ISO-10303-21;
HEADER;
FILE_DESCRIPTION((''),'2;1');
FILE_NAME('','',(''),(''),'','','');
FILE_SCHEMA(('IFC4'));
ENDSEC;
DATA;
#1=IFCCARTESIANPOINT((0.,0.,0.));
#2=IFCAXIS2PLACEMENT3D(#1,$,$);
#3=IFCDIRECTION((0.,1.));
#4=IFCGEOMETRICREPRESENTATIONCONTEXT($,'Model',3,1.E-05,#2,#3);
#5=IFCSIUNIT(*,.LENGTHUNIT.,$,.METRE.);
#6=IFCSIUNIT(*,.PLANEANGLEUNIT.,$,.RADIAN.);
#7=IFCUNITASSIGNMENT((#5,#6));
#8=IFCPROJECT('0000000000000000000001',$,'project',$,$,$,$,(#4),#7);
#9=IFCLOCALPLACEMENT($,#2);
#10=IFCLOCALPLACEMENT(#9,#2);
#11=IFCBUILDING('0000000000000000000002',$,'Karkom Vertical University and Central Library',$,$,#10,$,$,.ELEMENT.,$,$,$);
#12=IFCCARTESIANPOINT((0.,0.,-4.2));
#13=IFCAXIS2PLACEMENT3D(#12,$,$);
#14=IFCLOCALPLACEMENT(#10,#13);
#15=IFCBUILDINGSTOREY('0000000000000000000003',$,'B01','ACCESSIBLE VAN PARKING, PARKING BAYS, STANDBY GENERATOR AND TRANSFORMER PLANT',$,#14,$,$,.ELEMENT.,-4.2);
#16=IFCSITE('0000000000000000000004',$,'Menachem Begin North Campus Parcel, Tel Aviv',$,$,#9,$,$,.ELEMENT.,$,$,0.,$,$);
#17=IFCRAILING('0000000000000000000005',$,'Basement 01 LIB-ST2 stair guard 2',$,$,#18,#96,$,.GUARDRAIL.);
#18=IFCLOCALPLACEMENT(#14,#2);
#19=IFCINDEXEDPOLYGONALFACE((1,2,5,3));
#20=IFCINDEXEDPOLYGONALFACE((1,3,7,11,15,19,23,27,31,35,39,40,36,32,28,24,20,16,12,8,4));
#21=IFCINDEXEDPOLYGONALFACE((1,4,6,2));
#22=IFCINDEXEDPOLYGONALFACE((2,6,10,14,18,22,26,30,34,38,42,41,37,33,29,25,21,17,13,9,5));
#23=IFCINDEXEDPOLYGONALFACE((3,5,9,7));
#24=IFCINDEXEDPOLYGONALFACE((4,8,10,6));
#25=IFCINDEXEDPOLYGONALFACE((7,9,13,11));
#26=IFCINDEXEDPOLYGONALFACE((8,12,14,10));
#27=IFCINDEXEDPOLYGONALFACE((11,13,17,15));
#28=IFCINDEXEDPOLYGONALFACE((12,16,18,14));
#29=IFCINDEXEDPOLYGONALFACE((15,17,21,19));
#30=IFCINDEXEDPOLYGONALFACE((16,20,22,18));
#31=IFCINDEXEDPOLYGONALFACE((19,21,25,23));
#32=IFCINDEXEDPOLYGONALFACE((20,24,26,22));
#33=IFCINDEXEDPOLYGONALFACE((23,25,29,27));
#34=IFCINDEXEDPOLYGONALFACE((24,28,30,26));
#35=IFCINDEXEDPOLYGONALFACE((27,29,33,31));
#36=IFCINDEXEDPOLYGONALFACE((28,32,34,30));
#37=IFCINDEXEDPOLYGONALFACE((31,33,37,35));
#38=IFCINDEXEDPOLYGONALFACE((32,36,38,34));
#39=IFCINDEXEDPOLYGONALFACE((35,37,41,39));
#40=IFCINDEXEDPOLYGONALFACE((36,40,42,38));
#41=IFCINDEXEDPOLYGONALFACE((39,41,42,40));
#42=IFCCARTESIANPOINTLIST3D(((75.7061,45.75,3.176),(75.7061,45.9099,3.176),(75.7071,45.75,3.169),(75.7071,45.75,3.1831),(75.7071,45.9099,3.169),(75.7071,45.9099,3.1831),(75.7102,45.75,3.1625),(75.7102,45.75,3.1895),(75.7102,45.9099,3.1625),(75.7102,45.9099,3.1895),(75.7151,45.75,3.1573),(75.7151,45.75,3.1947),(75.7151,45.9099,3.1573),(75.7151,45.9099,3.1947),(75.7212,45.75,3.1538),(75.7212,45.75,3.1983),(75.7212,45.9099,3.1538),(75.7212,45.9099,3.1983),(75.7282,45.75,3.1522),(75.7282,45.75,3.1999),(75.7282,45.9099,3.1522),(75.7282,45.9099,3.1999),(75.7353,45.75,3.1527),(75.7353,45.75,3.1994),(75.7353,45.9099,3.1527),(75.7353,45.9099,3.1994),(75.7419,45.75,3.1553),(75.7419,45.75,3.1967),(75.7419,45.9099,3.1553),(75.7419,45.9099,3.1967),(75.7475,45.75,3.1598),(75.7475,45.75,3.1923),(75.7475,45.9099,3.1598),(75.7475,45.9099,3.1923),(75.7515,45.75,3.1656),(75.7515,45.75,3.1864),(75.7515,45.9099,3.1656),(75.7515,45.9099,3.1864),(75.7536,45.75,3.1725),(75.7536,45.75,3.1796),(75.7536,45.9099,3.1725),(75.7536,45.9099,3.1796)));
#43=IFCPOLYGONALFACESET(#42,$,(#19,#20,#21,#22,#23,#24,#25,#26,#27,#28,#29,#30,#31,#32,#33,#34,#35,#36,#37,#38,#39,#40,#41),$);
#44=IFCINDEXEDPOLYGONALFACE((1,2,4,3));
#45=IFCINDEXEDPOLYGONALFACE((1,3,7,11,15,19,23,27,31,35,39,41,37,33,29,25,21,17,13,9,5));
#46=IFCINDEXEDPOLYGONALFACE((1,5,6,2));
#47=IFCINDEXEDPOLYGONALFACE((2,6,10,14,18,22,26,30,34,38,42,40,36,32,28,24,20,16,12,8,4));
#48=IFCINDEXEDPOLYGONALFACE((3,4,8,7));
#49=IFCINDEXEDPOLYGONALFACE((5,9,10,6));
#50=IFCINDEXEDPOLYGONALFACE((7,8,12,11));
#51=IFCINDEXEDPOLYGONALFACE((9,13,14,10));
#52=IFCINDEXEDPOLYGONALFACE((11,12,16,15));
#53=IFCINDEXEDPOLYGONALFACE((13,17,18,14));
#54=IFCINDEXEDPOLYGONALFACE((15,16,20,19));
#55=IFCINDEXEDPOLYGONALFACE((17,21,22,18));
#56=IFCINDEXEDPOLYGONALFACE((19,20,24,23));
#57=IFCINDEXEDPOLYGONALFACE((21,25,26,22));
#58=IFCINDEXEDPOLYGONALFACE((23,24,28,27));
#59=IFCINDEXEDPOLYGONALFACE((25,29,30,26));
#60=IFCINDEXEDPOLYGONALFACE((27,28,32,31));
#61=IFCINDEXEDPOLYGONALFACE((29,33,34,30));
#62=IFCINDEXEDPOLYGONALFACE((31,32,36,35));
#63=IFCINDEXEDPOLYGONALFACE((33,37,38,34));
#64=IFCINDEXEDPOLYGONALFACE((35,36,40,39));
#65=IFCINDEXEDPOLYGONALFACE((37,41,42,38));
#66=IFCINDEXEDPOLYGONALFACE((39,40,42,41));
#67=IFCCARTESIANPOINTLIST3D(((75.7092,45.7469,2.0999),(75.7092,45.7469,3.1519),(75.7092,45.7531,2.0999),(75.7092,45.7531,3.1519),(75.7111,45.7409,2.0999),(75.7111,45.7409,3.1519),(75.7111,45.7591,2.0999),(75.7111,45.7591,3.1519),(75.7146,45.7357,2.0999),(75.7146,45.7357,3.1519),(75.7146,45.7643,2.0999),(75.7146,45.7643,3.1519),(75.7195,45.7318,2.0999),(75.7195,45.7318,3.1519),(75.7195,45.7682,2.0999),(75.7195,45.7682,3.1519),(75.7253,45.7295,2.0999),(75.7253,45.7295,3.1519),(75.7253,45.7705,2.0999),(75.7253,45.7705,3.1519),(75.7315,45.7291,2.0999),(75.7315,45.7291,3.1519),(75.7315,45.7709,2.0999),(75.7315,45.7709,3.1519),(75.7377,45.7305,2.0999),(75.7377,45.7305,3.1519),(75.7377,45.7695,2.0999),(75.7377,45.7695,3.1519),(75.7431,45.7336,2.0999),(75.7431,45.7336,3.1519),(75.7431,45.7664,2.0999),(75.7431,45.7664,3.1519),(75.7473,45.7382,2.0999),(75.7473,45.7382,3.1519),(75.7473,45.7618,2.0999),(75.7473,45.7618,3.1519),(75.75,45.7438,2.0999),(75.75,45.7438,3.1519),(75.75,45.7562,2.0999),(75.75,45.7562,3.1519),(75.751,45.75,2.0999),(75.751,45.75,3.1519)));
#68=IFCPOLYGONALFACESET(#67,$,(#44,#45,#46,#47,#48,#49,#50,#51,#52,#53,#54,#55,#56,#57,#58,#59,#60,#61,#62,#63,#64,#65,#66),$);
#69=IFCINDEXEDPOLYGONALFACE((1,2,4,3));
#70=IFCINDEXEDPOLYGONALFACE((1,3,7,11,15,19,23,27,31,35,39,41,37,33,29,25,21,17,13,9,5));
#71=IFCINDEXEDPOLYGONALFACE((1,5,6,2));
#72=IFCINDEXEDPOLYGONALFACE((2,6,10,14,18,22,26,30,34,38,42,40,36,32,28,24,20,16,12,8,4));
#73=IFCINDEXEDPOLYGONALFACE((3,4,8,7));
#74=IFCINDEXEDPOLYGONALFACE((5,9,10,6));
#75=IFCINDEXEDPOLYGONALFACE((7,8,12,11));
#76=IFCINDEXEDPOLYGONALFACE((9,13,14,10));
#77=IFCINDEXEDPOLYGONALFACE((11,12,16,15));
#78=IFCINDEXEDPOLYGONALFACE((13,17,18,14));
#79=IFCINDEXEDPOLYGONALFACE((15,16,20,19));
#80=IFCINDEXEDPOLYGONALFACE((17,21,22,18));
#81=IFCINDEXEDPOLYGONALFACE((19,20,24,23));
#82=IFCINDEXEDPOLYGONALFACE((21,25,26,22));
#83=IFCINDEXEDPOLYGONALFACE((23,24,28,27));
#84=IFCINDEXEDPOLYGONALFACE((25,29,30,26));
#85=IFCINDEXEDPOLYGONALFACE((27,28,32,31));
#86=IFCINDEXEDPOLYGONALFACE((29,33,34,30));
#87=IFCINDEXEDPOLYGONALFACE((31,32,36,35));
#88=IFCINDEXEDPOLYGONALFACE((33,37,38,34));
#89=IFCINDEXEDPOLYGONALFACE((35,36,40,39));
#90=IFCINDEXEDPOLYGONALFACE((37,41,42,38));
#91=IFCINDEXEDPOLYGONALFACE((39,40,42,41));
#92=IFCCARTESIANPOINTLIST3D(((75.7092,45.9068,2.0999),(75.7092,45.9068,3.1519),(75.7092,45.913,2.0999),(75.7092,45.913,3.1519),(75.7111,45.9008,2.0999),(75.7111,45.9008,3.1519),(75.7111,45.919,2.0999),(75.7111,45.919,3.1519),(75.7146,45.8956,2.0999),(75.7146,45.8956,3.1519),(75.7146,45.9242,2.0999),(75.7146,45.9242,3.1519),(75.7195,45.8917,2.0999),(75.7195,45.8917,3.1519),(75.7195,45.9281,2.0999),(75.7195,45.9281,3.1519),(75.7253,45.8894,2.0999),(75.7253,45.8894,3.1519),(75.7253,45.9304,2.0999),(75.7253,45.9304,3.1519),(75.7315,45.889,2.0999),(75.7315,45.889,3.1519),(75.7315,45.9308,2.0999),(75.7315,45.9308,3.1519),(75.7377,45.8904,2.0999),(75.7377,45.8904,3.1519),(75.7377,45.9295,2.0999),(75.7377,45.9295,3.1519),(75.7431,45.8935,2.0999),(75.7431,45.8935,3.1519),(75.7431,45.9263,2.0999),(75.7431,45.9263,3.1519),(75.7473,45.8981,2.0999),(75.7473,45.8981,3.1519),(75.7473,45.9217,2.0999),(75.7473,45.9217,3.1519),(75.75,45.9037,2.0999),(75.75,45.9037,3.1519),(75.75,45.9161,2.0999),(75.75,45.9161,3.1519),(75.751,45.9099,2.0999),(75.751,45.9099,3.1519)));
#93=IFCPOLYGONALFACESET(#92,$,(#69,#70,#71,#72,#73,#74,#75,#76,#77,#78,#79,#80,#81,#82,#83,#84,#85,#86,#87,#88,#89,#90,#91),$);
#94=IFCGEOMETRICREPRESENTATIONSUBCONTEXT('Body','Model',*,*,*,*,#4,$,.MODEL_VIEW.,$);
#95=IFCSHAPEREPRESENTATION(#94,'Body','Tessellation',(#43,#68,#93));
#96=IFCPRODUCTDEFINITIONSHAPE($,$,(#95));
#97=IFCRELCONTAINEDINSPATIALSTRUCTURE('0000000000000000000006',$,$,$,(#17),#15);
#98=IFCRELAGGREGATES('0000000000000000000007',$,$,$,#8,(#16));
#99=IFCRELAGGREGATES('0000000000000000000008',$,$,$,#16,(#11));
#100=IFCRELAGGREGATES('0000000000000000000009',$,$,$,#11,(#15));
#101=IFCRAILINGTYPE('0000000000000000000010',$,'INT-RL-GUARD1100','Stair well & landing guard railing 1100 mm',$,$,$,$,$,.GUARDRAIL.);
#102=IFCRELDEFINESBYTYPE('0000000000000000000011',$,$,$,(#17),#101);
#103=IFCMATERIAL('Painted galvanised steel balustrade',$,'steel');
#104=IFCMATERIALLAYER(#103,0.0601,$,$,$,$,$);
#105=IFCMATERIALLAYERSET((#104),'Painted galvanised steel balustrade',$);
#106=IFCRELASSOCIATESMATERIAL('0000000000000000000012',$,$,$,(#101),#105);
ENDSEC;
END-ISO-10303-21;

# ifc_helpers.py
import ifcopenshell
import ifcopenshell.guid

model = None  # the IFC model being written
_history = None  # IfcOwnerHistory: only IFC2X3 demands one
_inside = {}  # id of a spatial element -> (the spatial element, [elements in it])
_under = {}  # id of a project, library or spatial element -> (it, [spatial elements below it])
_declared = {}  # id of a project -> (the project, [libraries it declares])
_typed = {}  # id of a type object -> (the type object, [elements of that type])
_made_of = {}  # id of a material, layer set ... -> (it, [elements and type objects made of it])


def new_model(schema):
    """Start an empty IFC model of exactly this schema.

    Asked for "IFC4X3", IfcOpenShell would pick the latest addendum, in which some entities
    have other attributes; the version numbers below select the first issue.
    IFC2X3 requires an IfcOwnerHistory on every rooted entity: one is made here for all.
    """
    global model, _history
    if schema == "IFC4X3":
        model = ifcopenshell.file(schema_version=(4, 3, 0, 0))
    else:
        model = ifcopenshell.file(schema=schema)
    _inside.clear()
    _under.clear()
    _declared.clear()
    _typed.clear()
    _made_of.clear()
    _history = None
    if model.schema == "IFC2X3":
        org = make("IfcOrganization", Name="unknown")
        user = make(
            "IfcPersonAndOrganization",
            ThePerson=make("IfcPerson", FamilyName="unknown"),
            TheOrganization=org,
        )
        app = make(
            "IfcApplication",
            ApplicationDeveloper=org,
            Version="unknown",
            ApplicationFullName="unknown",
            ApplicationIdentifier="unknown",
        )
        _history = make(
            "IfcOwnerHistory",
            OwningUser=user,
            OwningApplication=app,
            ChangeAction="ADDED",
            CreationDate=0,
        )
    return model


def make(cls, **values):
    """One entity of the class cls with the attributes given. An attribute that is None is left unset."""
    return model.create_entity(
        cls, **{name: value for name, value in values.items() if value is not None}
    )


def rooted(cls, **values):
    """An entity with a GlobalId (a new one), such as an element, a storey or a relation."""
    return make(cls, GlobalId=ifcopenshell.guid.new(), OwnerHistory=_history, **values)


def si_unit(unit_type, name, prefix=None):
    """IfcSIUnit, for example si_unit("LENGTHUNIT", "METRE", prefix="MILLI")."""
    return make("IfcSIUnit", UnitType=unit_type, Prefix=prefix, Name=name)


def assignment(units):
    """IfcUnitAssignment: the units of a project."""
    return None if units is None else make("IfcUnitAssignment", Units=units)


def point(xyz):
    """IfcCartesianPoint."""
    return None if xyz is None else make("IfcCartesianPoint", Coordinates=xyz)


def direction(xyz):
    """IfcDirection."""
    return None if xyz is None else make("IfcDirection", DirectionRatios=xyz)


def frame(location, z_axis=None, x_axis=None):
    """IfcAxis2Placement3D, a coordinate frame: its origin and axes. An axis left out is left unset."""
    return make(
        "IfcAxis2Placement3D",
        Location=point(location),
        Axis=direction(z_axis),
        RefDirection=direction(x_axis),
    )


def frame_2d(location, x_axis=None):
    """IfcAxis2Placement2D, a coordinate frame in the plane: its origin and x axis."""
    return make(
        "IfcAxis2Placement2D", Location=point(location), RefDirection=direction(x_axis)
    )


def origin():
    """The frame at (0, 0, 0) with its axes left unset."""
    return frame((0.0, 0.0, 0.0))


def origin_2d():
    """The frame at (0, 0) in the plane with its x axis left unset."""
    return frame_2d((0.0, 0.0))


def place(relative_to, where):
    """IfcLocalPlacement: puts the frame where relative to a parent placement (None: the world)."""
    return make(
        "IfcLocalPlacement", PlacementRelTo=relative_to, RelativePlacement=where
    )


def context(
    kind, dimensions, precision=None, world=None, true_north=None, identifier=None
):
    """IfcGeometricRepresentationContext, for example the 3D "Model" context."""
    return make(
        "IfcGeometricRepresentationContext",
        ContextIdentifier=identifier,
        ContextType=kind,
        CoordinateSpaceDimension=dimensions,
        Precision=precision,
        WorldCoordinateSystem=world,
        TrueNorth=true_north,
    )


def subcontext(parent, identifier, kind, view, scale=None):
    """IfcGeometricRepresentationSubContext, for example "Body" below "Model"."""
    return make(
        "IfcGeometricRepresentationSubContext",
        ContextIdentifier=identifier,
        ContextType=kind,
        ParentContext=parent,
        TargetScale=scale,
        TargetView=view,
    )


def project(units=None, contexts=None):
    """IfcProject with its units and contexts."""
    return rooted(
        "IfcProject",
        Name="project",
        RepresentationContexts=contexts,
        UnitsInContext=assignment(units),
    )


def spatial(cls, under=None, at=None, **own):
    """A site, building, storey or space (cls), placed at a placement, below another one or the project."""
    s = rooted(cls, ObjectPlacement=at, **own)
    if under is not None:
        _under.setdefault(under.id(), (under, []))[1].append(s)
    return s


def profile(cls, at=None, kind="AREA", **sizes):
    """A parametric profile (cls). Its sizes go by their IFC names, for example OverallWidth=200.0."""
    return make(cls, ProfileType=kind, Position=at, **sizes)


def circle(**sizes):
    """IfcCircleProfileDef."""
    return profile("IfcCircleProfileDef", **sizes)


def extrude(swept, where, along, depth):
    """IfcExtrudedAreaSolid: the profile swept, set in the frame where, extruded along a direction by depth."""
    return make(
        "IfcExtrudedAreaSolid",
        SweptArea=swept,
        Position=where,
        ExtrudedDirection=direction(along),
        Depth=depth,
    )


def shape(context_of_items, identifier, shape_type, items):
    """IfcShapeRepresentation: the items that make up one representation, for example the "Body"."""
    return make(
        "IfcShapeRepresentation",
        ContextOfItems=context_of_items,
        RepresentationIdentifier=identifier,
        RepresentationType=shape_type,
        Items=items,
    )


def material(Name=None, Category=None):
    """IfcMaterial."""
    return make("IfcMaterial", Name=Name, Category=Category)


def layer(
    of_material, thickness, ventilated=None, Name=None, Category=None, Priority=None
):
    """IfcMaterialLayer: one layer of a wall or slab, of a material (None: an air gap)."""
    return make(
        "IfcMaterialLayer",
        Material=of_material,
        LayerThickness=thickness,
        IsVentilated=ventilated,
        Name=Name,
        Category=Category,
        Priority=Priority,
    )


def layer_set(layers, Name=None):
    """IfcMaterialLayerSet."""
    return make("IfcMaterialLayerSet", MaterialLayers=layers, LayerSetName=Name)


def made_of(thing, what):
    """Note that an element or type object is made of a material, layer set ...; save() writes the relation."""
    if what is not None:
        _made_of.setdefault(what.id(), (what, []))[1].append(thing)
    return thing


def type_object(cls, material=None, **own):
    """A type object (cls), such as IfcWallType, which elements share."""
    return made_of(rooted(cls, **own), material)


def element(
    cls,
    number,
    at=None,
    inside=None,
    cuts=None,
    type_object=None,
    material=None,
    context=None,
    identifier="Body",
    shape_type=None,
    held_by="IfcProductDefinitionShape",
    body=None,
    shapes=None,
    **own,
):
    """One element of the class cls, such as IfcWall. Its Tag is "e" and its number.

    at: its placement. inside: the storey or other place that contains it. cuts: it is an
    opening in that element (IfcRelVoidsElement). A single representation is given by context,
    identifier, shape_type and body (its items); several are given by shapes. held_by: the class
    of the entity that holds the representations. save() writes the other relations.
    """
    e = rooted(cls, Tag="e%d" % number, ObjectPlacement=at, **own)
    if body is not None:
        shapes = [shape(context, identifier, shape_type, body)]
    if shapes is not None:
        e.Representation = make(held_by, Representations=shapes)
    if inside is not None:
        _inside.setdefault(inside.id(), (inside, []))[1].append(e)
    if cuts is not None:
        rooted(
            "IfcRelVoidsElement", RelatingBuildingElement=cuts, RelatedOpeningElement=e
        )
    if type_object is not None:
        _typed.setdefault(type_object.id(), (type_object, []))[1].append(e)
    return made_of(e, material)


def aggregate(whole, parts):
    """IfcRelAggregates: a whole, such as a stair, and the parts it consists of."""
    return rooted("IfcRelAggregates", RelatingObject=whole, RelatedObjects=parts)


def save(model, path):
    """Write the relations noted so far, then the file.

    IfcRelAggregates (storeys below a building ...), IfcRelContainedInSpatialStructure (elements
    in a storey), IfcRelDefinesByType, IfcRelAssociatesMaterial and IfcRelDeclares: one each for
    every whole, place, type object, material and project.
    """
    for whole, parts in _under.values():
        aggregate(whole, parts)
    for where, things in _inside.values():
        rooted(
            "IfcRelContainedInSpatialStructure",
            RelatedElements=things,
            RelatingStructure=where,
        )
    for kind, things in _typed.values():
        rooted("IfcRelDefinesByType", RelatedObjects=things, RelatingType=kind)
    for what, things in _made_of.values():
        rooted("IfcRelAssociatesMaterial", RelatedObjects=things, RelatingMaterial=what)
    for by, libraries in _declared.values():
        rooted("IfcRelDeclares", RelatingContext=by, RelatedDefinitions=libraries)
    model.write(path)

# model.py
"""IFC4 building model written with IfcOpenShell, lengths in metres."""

from ifc_helpers import new_model, si_unit, direction, frame, origin, origin_2d, place, context, subcontext, project, spatial, circle, extrude, material, layer, layer_set, type_object, element, save


model = new_model("IFC4")

# Units and contexts
model_context = context("Model", 3, precision=1e-05, world=origin(), true_north=direction((0.0, 1.0)))
body_context = subcontext(model_context, "Body", "Model", "MODEL_VIEW")
ifc_project = project(units=[si_unit("LENGTHUNIT", "METRE"), si_unit("PLANEANGLEUNIT", "RADIAN")], contexts=[model_context])

# Site, building, storey
site_placement = place(None, origin())
site = spatial("IfcSite", under=ifc_project, at=site_placement, Name="Menachem Begin North Campus Parcel, Tel Aviv", CompositionType="ELEMENT", RefElevation=0.0)
building_placement = place(site_placement, origin())
building = spatial("IfcBuilding", under=site, at=building_placement, Name="Karkom Vertical University and Central Library", CompositionType="ELEMENT")
storey_placement = place(building_placement, frame((0.0, 0.0, -4.2)))
storey = spatial("IfcBuildingStorey", under=building, at=storey_placement, Name="B01", Description="ACCESSIBLE VAN PARKING, PARKING BAYS, STANDBY GENERATOR AND TRANSFORMER PLANT", CompositionType="ELEMENT", Elevation=-4.2)

# Railing
ifc_material_1 = material(Name="Painted galvanised steel balustrade", Category="steel")
ifc_layer_1 = layer(ifc_material_1, 0.0601)
ifc_layer_set_1 = layer_set([ifc_layer_1], Name="Painted galvanised steel balustrade")
railing_type_1 = type_object("IfcRailingType", Name="INT-RL-GUARD1100", Description="Stair well & landing guard railing 1100 mm", PredefinedType="GUARDRAIL", material=ifc_layer_set_1)
railing_1_placement = place(storey_placement, frame((75.73, 45.75, 2.0999)))
element("IfcRailing", 1, at=railing_1_placement, inside=storey, type_object=railing_type_1, Name="Basement 01 LIB-ST2 stair guard 2", PredefinedType="GUARDRAIL", context=body_context, shape_type="SweptSolid", body=[
    extrude(circle(Radius=0.0239, at=origin_2d()), frame((0.0, 0.0, 1.0762), z_axis=(0.0, 1.0, 0.0), x_axis=(-1.0, 0.0, 0.0)), (0.0, 0.0, 1.0), 0.1599),
    extrude(circle(Radius=0.021, at=origin_2d()), origin(), (0.0, 0.0, 1.0), 1.052),
    extrude(circle(Radius=0.021, at=origin_2d()), frame((0.0, 0.1599, 0.0)), (0.0, 0.0, 1.0), 1.052),
])

save(model, "model.ifc")
